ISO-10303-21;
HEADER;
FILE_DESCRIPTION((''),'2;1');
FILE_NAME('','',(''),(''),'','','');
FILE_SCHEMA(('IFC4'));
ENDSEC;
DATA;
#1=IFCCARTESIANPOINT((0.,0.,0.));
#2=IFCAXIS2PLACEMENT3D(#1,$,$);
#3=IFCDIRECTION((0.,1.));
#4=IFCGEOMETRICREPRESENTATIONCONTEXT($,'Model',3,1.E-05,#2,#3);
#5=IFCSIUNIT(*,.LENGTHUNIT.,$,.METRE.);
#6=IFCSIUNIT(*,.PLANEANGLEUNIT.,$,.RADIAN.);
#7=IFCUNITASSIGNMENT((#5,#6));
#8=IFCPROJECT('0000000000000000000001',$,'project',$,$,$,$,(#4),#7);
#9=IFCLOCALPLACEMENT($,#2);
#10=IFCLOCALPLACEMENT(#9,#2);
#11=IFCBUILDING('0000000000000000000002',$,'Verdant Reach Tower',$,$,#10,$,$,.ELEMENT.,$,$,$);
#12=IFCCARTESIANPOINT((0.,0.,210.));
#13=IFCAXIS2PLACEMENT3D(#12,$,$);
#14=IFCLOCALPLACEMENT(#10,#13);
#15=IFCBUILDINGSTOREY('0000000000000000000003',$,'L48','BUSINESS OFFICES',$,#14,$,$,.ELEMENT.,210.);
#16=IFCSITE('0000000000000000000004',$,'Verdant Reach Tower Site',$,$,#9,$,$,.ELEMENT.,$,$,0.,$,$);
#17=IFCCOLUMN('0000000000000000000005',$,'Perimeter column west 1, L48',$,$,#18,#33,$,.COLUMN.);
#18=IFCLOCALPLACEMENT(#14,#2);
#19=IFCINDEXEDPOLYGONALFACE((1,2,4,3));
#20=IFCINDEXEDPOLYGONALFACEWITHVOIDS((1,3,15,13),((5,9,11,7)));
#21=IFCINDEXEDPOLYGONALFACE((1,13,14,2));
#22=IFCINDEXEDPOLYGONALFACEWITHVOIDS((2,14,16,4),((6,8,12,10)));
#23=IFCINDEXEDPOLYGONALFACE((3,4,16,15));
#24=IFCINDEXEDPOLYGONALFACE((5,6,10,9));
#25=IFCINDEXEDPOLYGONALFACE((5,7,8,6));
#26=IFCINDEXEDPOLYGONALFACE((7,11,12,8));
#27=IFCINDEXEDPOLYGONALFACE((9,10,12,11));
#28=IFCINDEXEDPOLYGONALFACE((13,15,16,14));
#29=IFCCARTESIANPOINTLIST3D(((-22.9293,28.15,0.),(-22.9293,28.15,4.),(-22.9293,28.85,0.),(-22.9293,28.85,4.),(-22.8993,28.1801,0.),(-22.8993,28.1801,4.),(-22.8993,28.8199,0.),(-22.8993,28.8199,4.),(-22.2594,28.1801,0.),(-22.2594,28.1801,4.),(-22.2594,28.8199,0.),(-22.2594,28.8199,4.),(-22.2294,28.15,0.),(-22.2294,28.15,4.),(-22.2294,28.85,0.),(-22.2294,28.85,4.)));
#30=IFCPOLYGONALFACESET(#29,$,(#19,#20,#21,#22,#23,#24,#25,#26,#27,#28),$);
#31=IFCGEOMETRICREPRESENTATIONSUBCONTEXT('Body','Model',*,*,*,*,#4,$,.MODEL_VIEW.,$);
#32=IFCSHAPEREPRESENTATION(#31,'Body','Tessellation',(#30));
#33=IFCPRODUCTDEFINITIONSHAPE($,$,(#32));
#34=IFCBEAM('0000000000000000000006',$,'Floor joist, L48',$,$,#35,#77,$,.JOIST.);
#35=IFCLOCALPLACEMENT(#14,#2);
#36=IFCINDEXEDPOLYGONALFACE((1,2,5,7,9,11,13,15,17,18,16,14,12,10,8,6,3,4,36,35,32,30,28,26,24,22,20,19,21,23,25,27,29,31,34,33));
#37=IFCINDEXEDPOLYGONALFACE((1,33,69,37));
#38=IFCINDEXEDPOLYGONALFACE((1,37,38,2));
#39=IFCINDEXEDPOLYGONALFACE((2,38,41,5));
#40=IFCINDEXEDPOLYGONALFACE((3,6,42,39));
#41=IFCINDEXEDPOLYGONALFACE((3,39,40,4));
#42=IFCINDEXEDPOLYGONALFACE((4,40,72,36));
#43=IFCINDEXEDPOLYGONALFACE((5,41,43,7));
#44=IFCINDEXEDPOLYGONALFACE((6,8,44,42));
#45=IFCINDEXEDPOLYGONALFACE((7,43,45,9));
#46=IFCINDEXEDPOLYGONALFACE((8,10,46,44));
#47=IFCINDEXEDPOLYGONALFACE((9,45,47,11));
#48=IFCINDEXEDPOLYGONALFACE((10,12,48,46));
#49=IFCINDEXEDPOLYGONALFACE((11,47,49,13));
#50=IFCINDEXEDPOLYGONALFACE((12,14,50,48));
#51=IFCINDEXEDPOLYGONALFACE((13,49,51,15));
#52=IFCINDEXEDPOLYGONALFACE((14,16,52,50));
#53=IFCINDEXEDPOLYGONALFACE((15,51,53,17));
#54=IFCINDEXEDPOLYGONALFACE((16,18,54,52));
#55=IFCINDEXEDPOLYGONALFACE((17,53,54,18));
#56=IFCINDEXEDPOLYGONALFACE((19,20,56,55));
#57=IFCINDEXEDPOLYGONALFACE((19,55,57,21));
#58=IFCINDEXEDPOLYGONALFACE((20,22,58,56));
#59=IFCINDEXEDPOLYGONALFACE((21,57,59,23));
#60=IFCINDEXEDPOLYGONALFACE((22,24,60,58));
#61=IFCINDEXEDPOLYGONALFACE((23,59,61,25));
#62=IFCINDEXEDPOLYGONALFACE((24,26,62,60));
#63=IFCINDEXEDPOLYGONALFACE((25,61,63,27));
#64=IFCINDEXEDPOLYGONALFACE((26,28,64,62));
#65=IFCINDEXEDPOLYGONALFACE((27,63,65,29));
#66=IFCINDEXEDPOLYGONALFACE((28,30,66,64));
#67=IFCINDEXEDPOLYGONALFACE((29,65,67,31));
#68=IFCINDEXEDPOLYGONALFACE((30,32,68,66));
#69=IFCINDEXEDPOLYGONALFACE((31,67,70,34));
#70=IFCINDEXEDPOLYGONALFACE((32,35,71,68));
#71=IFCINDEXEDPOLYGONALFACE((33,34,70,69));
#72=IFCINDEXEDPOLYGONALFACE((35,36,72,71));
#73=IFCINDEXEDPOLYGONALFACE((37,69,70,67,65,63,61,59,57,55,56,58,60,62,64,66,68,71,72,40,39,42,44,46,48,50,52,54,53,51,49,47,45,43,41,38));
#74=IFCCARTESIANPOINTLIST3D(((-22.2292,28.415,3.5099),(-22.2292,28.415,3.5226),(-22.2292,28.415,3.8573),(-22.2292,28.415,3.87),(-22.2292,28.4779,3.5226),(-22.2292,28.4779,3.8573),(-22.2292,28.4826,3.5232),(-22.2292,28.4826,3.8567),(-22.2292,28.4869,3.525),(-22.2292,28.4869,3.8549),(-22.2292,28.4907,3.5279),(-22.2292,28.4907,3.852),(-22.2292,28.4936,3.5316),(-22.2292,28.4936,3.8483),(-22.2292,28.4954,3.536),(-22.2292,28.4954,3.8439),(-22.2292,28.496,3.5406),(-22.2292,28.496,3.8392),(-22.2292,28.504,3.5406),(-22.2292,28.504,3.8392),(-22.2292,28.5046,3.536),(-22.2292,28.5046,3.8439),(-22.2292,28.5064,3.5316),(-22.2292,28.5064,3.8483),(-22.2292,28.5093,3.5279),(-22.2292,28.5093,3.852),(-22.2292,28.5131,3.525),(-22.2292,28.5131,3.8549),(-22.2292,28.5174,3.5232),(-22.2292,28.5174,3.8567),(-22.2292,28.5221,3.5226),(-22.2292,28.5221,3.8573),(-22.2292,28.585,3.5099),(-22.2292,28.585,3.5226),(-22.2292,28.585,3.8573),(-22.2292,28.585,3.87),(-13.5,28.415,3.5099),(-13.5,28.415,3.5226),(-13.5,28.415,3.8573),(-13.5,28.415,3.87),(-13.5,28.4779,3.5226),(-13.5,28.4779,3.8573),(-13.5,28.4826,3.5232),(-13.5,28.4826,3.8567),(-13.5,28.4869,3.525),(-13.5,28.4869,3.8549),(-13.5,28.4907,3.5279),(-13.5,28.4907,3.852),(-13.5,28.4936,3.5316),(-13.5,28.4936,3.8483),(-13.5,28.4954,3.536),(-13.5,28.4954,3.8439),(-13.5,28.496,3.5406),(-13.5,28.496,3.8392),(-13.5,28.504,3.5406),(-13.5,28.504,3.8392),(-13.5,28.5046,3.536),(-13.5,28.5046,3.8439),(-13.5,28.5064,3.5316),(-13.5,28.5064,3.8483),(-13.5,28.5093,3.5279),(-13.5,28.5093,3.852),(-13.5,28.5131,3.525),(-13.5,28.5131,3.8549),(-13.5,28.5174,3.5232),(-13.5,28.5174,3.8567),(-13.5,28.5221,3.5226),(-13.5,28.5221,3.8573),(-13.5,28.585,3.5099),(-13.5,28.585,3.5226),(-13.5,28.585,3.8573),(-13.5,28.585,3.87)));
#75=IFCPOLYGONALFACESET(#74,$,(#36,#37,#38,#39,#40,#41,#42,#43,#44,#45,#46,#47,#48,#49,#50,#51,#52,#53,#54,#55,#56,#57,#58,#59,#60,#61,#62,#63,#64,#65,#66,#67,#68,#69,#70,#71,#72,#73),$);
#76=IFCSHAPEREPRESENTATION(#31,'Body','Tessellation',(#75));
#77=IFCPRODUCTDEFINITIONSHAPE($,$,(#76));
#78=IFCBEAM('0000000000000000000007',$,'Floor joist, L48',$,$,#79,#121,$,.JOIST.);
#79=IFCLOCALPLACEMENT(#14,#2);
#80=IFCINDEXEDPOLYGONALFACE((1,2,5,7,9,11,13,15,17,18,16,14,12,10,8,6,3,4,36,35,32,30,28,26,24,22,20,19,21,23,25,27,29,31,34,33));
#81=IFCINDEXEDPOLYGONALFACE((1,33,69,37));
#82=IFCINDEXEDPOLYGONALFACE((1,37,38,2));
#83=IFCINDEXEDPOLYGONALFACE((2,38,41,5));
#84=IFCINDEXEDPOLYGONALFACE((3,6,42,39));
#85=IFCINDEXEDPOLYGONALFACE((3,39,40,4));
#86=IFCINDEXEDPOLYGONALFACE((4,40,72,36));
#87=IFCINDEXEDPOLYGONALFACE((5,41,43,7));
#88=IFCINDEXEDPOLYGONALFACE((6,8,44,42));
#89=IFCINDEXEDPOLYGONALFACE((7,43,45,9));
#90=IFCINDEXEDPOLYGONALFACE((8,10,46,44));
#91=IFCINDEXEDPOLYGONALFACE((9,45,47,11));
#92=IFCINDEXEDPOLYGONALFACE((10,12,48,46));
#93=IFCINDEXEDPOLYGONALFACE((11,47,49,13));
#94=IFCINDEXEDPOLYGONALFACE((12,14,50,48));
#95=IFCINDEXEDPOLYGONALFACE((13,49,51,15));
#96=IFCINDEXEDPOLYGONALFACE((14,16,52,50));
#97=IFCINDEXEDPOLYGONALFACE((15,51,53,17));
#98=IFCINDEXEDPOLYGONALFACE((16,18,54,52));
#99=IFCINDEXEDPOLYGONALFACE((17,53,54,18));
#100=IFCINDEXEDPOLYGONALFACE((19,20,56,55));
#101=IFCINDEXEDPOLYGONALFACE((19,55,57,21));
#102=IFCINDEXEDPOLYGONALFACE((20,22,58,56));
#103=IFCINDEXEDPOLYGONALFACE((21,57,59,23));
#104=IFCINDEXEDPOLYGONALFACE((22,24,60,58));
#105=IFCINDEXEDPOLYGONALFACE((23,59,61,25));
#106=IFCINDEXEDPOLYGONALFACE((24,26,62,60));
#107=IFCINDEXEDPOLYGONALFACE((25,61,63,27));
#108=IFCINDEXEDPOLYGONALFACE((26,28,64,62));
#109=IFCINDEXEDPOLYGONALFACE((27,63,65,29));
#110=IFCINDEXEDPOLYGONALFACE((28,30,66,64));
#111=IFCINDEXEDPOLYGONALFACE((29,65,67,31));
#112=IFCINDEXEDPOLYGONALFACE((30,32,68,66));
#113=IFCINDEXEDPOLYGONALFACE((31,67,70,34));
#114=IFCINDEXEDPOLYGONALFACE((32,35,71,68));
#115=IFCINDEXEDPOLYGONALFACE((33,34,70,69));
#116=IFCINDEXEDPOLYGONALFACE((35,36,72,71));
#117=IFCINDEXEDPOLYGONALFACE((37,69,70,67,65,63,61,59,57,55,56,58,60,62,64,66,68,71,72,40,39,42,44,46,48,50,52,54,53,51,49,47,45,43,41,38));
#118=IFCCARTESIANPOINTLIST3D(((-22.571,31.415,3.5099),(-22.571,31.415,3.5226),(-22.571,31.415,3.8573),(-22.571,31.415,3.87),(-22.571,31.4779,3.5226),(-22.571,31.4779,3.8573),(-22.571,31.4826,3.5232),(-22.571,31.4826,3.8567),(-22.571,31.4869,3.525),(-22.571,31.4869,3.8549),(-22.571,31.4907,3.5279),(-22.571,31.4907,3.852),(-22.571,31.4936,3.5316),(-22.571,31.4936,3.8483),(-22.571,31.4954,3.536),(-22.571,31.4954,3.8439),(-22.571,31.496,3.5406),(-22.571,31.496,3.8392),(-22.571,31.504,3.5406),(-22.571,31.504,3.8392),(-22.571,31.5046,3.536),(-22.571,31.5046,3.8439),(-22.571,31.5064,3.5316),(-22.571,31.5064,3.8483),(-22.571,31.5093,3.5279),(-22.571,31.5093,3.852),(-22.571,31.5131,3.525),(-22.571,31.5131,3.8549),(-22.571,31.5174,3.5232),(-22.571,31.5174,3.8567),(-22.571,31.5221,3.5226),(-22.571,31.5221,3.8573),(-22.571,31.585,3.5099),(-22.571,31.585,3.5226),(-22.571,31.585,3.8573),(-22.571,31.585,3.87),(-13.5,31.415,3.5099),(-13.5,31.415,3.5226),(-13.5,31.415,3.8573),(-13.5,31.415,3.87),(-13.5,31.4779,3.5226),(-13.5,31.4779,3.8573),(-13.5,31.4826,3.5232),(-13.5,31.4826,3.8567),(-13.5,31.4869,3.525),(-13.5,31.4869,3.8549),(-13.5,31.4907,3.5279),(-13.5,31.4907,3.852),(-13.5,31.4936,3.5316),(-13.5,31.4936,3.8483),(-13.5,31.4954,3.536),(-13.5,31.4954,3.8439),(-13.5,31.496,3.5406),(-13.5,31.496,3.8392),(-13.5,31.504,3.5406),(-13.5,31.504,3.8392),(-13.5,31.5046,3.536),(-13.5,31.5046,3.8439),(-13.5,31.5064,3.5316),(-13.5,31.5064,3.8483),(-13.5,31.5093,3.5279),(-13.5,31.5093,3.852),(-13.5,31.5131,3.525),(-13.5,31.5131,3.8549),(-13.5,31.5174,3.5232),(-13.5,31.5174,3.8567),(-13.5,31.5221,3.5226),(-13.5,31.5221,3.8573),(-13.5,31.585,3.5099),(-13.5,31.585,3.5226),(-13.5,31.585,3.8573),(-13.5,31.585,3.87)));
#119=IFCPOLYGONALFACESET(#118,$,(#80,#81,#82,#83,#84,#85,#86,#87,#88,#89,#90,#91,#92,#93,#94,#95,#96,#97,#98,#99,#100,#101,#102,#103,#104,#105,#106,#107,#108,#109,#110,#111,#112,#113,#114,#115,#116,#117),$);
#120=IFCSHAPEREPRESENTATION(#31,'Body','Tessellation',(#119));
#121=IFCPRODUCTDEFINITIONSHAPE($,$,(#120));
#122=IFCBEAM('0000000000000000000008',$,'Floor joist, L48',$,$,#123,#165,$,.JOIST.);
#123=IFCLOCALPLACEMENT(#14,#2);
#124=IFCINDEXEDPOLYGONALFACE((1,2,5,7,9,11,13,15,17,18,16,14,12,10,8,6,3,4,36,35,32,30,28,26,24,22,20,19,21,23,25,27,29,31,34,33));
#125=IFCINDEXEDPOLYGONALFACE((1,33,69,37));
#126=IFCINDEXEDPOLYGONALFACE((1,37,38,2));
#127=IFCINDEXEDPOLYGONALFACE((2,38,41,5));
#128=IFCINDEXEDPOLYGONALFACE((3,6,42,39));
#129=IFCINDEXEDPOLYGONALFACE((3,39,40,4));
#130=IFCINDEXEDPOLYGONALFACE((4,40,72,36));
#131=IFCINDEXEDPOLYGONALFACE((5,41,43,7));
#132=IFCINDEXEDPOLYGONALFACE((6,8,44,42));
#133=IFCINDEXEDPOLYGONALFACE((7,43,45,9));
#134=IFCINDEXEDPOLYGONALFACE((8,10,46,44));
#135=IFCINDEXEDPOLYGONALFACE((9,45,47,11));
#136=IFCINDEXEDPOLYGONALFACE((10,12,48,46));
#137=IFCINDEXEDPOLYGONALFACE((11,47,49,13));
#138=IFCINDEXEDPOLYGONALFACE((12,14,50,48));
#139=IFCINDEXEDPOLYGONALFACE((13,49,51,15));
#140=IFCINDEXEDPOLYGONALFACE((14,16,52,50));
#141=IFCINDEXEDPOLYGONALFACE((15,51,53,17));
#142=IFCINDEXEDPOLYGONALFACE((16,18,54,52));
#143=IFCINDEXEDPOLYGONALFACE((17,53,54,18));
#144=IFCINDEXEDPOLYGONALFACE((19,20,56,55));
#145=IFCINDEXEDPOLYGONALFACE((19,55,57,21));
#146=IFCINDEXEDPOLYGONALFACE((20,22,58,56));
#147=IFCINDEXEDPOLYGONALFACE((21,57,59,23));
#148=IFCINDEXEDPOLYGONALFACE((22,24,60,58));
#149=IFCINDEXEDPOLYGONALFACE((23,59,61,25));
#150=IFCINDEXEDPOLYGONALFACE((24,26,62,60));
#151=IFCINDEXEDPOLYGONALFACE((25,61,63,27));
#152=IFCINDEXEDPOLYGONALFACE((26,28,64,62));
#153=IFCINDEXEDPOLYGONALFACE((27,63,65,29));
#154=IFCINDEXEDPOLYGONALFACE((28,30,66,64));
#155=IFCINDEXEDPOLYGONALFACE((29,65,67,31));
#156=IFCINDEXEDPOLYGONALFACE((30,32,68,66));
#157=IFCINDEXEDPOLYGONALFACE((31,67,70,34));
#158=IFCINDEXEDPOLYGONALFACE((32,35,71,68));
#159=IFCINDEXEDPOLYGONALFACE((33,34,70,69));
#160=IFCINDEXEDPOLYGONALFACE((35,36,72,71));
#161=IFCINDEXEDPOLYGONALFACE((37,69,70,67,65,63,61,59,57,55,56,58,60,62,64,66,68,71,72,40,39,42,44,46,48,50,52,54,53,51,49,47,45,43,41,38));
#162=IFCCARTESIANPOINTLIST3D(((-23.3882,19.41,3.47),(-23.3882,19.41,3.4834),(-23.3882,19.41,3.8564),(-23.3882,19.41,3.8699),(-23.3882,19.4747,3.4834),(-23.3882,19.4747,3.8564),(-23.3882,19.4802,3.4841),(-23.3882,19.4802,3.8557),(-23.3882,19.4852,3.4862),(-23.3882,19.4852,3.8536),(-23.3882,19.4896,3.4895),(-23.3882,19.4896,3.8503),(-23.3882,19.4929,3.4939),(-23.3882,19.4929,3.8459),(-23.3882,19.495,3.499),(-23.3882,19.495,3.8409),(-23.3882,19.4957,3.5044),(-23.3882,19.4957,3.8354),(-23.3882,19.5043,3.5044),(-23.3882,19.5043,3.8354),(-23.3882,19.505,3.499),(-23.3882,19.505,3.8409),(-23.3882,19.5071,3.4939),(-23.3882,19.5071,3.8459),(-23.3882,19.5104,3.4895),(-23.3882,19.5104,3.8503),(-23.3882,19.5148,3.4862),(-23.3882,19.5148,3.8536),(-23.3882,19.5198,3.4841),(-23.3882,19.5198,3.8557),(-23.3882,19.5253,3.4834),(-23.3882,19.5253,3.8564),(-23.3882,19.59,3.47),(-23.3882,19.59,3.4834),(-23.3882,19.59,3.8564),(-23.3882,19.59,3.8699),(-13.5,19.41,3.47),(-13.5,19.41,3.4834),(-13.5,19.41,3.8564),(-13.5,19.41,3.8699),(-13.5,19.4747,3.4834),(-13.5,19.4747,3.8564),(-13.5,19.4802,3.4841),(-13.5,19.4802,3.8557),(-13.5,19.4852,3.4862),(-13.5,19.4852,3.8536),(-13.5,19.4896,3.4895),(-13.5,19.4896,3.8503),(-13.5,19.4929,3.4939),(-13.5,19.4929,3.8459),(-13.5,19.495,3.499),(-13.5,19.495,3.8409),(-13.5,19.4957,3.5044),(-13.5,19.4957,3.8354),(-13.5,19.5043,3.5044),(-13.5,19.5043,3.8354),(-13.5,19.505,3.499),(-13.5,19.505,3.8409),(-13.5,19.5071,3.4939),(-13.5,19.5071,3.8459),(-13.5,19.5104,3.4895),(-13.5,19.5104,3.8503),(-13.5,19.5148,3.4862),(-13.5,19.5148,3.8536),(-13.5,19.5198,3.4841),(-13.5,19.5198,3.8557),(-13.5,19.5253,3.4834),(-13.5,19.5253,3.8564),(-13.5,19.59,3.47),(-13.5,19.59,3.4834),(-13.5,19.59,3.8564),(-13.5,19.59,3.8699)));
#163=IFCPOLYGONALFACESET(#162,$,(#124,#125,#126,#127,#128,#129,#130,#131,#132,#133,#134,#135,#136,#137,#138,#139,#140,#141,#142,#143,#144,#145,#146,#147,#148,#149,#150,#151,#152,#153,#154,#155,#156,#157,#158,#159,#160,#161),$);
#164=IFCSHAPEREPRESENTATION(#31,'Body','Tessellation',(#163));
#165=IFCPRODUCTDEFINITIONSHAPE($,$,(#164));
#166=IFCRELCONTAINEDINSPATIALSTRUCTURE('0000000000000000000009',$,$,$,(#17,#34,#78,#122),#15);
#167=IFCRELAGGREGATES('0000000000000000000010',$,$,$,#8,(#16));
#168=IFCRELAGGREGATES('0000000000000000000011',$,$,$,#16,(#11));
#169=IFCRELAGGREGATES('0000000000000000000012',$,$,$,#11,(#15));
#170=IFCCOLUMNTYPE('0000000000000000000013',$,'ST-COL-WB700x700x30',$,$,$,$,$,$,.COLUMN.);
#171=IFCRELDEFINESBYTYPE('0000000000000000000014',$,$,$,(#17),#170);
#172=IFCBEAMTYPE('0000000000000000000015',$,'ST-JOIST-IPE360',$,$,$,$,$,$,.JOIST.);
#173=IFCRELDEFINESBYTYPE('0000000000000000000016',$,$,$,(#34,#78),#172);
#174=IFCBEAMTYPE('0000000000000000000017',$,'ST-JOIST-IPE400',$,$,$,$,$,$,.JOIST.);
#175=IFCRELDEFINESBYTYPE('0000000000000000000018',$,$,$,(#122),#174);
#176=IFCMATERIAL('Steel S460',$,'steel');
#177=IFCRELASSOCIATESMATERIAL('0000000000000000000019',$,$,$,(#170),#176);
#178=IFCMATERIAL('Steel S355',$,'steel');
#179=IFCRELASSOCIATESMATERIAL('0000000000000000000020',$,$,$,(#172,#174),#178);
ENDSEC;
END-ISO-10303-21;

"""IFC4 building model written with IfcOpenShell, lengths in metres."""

from ifc_helpers import new_model, si_unit, direction, frame, origin, origin_2d, place, context, subcontext, project, spatial, hollow_rectangle, i_section, extrude, material, material_profile, profile_set, type_object, element, save


model = new_model("IFC4")

# Units and contexts
model_context = context("Model", 3, precision=1e-05, world=origin(), true_north=direction((0.0, 1.0)))
body_context = subcontext(model_context, "Body", "Model", "MODEL_VIEW")
ifc_project = project(units=[si_unit("LENGTHUNIT", "METRE"), si_unit("PLANEANGLEUNIT", "RADIAN")], contexts=[model_context])

# Site, building, storey
site_placement = place(None, origin())
site = spatial("IfcSite", under=ifc_project, at=site_placement, Name="Verdant Reach Tower Site", CompositionType="ELEMENT", RefElevation=0.0)
building_placement = place(site_placement, origin())
building = spatial("IfcBuilding", under=site, at=building_placement, Name="Verdant Reach Tower", CompositionType="ELEMENT")
storey_placement = place(building_placement, frame((0.0, 0.0, 210.0)))
storey = spatial("IfcBuildingStorey", under=building, at=storey_placement, Name="L48", Description="BUSINESS OFFICES", CompositionType="ELEMENT", Elevation=210.0)

# Column
ifc_material_1 = material(Name="Steel S460", Category="steel")
ifc_material_profile_1 = material_profile(ifc_material_1, hollow_rectangle(XDim=0.7, YDim=0.7, WallThickness=0.03, at=origin_2d()), Name="WB 700x700x30")
ifc_profile_set_1 = profile_set([ifc_material_profile_1], Name="Steel S460")
column_type = type_object("IfcColumnType", Name="ST-COL-WB700x700x30", PredefinedType="COLUMN", material=ifc_profile_set_1)
column_placement = place(storey_placement, frame((-22.5793, 28.5, 0.0), z_axis=(0.0, 0.0, 1.0), x_axis=(1.0, 0.0, 0.0)))
element("IfcColumn", 1, at=column_placement, inside=storey, type_object=column_type, Name="Perimeter column west 1, L48", PredefinedType="COLUMN", context=body_context, shape_type="SweptSolid", body=[
    extrude(hollow_rectangle(XDim=0.7, YDim=0.7, WallThickness=0.03, at=origin_2d()), origin(), (0.0, 0.0, 1.0), 4.0),
])

# Beams
ifc_material_2 = material(Name="Steel S355", Category="steel")
ifc_material_profile_2 = material_profile(ifc_material_2, i_section(OverallWidth=0.1699, OverallDepth=0.3601, WebThickness=0.0081, FlangeThickness=0.0127, FilletRadius=0.0181, at=origin_2d()), Name="IPE 360")
ifc_profile_set_2 = profile_set([ifc_material_profile_2], Name="Steel S355")
beam_type_1 = type_object("IfcBeamType", Name="ST-JOIST-IPE360", PredefinedType="JOIST", material=ifc_profile_set_2)
beam_1_placement = place(storey_placement, frame((-13.5, 28.5, 3.6899), z_axis=(-1.0, 0.0, 0.0), x_axis=(0.0, -1.0, 0.0)))
element("IfcBeam", 2, at=beam_1_placement, inside=storey, type_object=beam_type_1, Name="Floor joist, L48", PredefinedType="JOIST", context=body_context, shape_type="SweptSolid", body=[
    extrude(i_section(OverallWidth=0.1699, OverallDepth=0.3601, WebThickness=0.0081, FlangeThickness=0.0127, FilletRadius=0.0181, at=origin_2d()), origin(), (0.0, 0.0, 1.0), 8.7292),
])
beam_2_placement = place(storey_placement, frame((-13.5, 31.5, 3.6899), z_axis=(-1.0, 0.0, 0.0), x_axis=(0.0, -1.0, 0.0)))
element("IfcBeam", 3, at=beam_2_placement, inside=storey, type_object=beam_type_1, Name="Floor joist, L48", PredefinedType="JOIST", context=body_context, shape_type="SweptSolid", body=[
    extrude(i_section(OverallWidth=0.1699, OverallDepth=0.3601, WebThickness=0.0081, FlangeThickness=0.0127, FilletRadius=0.0181, at=origin_2d()), origin(), (0.0, 0.0, 1.0), 9.071),
])
ifc_material_profile_3 = material_profile(ifc_material_2, i_section(OverallWidth=0.1799, OverallDepth=0.3999, WebThickness=0.0085, FlangeThickness=0.0134, FilletRadius=0.021, at=origin_2d()), Name="IPE 400")
ifc_profile_set_3 = profile_set([ifc_material_profile_3], Name="Steel S355")
beam_type_2 = type_object("IfcBeamType", Name="ST-JOIST-IPE400", PredefinedType="JOIST", material=ifc_profile_set_3)
beam_3_placement = place(storey_placement, frame((-13.5, 19.5, 3.6699), z_axis=(-1.0, 0.0, 0.0), x_axis=(0.0, -1.0, 0.0)))
element("IfcBeam", 4, at=beam_3_placement, inside=storey, type_object=beam_type_2, Name="Floor joist, L48", PredefinedType="JOIST", context=body_context, shape_type="SweptSolid", body=[
    extrude(i_section(OverallWidth=0.1799, OverallDepth=0.3999, WebThickness=0.0085, FlangeThickness=0.0134, FilletRadius=0.021, at=origin_2d()), origin(), (0.0, 0.0, 1.0), 9.8882),
])

save(model, "model.ifc")
